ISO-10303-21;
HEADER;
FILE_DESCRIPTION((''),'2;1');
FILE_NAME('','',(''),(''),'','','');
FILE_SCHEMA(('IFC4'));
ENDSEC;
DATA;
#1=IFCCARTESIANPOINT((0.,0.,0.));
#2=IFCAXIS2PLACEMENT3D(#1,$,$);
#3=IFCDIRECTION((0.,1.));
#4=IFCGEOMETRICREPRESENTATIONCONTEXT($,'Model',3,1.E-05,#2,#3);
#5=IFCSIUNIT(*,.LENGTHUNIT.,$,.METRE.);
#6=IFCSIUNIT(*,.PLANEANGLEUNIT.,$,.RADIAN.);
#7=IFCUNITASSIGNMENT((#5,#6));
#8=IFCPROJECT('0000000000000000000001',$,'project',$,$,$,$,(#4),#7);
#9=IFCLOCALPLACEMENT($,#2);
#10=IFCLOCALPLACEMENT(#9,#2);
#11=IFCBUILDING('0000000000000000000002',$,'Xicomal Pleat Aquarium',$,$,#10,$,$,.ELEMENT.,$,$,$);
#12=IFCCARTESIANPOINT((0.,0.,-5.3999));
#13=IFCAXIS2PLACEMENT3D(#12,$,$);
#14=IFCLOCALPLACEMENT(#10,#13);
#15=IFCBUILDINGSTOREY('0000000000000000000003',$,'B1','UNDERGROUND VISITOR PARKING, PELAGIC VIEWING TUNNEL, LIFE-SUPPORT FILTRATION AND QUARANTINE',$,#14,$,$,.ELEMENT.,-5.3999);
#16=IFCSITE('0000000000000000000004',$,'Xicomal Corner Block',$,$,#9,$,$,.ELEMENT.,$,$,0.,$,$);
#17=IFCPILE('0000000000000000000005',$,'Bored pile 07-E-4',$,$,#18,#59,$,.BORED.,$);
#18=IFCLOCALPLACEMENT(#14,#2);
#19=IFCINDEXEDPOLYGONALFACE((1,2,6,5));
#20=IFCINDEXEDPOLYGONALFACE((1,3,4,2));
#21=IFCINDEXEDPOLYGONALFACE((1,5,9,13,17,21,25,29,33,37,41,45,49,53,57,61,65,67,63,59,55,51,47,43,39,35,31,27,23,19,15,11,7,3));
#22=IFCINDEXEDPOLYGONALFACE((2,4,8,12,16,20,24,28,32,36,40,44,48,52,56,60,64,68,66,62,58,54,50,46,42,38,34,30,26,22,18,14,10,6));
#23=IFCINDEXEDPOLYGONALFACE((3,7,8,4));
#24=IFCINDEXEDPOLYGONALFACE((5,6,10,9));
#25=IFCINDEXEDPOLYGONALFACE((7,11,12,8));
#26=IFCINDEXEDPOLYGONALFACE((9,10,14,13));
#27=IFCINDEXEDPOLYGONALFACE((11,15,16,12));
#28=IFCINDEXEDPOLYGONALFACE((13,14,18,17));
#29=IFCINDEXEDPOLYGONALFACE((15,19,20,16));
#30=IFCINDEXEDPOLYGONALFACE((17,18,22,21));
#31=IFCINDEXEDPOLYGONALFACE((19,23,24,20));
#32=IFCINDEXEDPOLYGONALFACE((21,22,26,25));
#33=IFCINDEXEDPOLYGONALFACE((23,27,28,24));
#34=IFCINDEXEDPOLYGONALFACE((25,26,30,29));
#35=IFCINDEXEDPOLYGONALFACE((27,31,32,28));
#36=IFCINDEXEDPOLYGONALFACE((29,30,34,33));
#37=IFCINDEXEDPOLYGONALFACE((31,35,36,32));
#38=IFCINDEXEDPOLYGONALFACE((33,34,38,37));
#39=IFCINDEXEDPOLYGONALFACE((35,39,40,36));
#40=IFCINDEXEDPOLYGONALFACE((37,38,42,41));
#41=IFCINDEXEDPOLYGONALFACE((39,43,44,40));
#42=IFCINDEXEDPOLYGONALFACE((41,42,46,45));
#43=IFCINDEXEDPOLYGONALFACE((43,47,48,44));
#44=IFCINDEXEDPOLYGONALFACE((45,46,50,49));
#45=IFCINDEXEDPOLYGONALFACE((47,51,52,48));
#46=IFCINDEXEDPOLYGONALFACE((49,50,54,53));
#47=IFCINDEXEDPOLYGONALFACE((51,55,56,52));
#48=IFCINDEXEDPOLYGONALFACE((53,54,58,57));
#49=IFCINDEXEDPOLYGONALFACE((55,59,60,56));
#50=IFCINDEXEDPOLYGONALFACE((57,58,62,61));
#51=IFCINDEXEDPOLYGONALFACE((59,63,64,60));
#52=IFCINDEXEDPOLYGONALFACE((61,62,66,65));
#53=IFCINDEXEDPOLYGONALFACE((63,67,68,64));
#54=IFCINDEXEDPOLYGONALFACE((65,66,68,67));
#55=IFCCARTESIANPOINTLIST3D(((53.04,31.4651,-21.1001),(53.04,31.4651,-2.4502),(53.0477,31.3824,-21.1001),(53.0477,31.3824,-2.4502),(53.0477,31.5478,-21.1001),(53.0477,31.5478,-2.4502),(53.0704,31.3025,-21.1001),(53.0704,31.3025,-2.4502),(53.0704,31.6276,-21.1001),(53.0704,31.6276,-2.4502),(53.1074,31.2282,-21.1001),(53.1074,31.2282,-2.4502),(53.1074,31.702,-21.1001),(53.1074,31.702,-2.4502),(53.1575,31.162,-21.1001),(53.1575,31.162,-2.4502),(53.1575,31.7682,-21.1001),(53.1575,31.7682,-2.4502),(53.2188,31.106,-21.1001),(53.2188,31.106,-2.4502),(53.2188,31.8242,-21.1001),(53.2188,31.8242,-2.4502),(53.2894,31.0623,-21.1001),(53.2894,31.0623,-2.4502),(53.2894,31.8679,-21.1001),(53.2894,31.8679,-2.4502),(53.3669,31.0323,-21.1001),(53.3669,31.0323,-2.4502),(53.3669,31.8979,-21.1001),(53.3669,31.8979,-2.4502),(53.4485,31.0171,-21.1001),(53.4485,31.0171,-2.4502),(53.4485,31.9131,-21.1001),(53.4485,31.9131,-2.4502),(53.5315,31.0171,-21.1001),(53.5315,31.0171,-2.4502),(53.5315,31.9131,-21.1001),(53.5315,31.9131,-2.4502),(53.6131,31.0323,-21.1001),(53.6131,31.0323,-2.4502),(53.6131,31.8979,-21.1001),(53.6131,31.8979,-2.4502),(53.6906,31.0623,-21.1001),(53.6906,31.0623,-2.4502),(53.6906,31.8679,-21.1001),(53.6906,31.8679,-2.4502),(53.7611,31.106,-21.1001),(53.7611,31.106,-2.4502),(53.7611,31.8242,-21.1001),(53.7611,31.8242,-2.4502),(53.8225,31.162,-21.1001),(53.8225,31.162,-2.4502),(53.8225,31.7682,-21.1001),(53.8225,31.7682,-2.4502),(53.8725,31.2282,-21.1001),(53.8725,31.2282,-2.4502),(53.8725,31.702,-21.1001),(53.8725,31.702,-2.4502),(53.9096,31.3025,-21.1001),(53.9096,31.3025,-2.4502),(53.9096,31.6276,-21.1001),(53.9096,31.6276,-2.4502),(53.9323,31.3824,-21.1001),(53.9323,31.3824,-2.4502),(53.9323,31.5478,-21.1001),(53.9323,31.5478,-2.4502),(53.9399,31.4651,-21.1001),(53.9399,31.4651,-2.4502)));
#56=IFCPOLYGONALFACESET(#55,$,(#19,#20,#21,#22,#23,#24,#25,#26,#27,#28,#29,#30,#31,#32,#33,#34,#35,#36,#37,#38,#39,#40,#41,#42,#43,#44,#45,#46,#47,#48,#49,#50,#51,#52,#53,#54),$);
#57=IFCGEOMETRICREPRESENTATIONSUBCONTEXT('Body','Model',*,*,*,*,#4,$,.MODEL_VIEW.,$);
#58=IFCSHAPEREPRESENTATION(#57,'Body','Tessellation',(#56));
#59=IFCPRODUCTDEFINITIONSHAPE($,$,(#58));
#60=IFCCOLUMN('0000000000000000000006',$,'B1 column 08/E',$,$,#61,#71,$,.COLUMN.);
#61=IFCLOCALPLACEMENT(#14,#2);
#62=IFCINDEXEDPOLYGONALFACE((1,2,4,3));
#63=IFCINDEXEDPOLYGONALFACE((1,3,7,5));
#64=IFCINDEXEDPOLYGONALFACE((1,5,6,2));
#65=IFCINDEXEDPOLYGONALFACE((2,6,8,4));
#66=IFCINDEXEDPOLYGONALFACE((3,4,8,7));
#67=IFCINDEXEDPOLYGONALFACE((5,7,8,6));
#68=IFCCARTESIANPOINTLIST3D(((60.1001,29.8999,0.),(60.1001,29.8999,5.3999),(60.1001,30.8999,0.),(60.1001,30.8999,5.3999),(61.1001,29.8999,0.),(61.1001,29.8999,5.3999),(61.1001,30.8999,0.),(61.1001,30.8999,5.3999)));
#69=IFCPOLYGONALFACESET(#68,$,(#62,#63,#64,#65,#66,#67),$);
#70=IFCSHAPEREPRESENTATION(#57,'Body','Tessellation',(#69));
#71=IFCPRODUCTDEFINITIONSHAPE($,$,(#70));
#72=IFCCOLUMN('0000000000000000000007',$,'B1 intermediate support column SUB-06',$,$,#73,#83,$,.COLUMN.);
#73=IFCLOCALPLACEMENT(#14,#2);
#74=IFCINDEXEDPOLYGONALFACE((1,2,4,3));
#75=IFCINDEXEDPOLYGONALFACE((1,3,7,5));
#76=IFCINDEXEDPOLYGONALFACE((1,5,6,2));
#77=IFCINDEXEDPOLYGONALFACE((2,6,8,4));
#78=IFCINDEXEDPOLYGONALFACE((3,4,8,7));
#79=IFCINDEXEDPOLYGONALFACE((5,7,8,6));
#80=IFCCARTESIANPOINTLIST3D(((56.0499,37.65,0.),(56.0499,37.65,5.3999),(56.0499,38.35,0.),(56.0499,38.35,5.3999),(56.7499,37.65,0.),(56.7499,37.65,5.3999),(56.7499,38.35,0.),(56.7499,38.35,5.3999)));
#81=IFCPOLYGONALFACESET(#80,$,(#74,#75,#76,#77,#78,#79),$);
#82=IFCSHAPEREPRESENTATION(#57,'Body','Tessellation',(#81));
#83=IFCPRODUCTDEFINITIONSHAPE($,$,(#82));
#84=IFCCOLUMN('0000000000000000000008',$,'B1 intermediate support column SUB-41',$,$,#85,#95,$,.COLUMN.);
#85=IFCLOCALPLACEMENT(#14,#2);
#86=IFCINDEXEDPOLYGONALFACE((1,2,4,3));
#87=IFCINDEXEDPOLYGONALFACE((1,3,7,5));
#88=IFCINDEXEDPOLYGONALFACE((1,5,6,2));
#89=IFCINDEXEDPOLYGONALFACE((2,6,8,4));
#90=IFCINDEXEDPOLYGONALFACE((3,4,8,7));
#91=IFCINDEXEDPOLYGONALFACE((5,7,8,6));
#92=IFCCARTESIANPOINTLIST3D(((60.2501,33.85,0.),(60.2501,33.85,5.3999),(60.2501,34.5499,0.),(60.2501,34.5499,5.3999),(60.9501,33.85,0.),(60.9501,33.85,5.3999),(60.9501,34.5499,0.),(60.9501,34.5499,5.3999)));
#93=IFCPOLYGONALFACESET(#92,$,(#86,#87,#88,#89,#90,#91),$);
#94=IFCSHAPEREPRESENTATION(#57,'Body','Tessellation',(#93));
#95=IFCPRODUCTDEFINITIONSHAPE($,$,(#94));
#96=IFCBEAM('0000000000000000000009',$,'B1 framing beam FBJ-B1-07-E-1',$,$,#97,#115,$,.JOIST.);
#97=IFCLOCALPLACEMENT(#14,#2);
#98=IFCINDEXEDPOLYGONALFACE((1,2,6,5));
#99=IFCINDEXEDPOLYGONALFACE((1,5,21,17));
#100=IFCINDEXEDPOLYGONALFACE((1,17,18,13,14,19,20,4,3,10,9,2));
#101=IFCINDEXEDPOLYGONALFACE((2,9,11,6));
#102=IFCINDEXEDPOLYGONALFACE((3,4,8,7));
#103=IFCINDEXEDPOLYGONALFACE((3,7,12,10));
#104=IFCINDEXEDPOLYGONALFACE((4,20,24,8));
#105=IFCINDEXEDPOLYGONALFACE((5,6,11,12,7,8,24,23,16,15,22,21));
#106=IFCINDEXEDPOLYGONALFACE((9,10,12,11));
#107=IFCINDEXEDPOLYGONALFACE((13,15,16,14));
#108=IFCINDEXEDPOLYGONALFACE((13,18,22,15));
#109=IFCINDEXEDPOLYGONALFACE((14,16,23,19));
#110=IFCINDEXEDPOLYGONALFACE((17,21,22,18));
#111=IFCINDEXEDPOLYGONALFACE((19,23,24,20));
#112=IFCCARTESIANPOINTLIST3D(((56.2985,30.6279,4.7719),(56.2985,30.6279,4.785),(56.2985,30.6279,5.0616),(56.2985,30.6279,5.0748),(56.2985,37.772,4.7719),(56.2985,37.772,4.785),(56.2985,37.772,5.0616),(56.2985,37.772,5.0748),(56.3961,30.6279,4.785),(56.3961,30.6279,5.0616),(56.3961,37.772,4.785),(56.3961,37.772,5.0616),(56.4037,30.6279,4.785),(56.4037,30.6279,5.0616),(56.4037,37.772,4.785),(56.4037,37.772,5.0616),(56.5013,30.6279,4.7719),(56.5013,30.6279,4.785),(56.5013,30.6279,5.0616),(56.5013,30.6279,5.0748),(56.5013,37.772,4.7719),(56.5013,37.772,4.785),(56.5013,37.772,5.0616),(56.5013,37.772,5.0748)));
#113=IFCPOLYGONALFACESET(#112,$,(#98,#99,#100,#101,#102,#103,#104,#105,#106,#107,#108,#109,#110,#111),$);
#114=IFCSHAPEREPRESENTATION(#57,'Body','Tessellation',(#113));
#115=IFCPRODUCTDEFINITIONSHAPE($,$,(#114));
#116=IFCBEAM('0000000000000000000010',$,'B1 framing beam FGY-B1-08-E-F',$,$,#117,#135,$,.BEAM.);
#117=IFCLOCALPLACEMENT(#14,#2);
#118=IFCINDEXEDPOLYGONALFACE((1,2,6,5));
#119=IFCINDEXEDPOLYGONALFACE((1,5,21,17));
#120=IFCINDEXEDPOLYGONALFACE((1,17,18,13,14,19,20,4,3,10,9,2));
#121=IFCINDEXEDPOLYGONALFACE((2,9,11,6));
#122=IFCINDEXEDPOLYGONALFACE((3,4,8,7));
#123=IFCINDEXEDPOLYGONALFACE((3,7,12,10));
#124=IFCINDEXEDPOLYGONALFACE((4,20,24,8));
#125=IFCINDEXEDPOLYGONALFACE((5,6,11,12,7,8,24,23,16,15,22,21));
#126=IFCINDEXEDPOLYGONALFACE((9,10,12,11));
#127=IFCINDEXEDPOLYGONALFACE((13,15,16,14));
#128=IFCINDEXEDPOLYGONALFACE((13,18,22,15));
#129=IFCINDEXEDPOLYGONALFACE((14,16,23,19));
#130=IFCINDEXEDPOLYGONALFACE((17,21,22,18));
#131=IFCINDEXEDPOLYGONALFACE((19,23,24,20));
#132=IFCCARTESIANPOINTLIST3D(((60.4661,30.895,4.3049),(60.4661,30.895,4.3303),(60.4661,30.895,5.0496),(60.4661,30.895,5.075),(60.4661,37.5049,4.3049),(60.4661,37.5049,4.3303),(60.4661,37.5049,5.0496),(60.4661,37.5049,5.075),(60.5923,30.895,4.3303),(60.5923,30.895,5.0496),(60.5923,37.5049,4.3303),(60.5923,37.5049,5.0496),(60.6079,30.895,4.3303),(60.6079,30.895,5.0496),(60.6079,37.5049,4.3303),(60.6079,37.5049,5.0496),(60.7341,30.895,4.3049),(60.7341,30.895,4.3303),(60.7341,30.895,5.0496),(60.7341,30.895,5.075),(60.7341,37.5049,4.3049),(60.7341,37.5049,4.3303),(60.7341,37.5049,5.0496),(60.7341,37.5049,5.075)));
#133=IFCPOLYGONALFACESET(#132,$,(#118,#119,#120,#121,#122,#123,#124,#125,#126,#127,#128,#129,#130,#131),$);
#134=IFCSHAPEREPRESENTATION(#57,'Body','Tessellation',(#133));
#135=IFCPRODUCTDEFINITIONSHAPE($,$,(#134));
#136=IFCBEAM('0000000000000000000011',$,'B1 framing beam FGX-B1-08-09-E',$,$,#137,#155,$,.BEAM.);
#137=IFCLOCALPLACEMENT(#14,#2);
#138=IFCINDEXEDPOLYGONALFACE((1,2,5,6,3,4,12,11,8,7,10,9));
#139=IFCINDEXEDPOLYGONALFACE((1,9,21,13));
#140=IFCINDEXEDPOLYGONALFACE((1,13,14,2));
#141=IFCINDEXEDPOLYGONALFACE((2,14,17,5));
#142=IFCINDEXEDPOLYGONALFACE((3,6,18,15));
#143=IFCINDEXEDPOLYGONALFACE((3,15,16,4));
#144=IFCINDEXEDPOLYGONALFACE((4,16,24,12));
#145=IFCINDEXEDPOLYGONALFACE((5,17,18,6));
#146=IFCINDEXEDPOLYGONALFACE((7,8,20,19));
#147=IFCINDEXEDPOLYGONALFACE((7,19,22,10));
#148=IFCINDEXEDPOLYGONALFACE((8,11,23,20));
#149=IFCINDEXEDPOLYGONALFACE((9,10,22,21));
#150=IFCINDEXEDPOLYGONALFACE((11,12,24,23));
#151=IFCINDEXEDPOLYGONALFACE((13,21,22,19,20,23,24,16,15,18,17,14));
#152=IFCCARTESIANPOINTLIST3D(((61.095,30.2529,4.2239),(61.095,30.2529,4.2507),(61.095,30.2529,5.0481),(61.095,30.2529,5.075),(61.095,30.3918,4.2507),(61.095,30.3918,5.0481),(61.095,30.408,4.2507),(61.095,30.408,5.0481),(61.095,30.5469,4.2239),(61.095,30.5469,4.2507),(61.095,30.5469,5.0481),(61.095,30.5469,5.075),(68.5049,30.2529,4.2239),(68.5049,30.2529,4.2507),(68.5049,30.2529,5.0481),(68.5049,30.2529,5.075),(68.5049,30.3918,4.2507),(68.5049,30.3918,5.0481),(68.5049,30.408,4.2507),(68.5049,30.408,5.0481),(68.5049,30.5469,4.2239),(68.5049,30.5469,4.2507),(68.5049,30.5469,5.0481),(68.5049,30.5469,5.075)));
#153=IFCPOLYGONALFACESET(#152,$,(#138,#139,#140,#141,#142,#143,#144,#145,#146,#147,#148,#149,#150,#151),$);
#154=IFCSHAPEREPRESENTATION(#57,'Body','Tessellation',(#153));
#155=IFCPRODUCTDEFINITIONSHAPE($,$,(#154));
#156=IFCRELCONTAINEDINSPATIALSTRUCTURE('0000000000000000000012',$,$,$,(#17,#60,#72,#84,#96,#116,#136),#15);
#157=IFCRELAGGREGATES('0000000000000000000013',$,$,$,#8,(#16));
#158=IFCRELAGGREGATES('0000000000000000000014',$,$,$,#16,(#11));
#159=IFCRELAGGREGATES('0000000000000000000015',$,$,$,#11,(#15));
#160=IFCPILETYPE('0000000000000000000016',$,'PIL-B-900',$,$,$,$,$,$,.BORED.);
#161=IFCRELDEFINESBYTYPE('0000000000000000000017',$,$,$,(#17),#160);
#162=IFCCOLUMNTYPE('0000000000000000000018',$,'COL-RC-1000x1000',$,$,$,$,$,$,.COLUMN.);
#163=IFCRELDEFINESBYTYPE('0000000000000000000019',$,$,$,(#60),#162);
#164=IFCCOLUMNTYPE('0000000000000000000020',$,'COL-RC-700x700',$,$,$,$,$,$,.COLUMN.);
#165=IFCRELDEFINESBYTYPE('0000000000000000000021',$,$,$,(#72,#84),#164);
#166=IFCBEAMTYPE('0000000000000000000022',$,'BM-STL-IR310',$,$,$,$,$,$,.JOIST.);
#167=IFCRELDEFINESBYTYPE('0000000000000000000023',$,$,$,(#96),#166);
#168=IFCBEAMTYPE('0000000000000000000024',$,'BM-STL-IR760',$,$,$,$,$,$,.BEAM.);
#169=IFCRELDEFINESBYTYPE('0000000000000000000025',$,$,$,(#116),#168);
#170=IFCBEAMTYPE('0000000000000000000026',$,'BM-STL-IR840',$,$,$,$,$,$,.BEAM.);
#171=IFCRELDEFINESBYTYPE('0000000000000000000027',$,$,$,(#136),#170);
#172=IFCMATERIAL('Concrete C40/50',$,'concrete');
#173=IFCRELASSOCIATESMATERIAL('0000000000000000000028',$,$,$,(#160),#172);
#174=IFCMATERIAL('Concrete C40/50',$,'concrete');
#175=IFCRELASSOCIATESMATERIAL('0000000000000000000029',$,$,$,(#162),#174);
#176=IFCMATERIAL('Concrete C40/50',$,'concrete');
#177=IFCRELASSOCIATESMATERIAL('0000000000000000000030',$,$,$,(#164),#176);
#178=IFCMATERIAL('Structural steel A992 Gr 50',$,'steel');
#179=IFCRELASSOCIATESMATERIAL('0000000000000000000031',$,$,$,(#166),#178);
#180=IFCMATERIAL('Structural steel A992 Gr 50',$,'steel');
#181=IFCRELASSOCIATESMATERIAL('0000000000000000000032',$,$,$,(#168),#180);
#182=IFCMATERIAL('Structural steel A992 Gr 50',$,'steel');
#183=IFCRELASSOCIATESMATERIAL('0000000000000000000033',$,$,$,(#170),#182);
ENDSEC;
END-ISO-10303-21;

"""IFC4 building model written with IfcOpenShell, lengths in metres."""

from ifc_helpers import new_model, si_unit, direction, frame, origin, origin_2d, place, context, subcontext, project, spatial, rectangle, circle, i_section, extrude, material, material_profile, profile_set, type_object, element, save


model = new_model("IFC4")

# Units and contexts
model_context = context("Model", 3, precision=1e-05, world=origin(), true_north=direction((0.0, 1.0)))
body_context = subcontext(model_context, "Body", "Model", "MODEL_VIEW")
ifc_project = project(units=[si_unit("LENGTHUNIT", "METRE"), si_unit("PLANEANGLEUNIT", "RADIAN")], contexts=[model_context])

# Site, building, storey
site_placement = place(None, origin())
site = spatial("IfcSite", under=ifc_project, at=site_placement, Name="Xicomal Corner Block", CompositionType="ELEMENT", RefElevation=0.0)
building_placement = place(site_placement, origin())
building = spatial("IfcBuilding", under=site, at=building_placement, Name="Xicomal Pleat Aquarium", CompositionType="ELEMENT")
storey_placement = place(building_placement, frame((0.0, 0.0, -5.3999)))
storey = spatial("IfcBuildingStorey", under=building, at=storey_placement, Name="B1", Description="UNDERGROUND VISITOR PARKING, PELAGIC VIEWING TUNNEL, LIFE-SUPPORT FILTRATION AND QUARANTINE", CompositionType="ELEMENT", Elevation=-5.3999)

# Pile
ifc_material_1 = material(Name="Concrete C40/50", Category="concrete")
ifc_material_profile_1 = material_profile(ifc_material_1, circle(Radius=0.45, at=origin_2d()), Name="BORED PILE D900")
ifc_profile_set_1 = profile_set([ifc_material_profile_1], Name="Concrete C40/50")
pile_type_1 = type_object("IfcPileType", Name="PIL-B-900", PredefinedType="BORED", material=ifc_profile_set_1)
pile_1_placement = place(storey_placement, frame((53.49, 31.4651, -2.4502), z_axis=(0.0, 0.0, -1.0), x_axis=(1.0, 0.0, 0.0)))
element("IfcPile", 1, at=pile_1_placement, inside=storey, type_object=pile_type_1, Name="Bored pile 07-E-4", PredefinedType="BORED", context=body_context, shape_type="SweptSolid", body=[
    extrude(circle(Radius=0.45, at=origin_2d()), origin(), (0.0, 0.0, 1.0), 18.6499),
])

# Columns
ifc_material_2 = material(Name="Concrete C40/50", Category="concrete")
ifc_material_profile_2 = material_profile(ifc_material_2, rectangle(XDim=1.0, YDim=1.0, at=origin_2d()), Name="RC 1000x1000")
ifc_profile_set_2 = profile_set([ifc_material_profile_2], Name="Concrete C40/50")
column_type_1 = type_object("IfcColumnType", Name="COL-RC-1000x1000", PredefinedType="COLUMN", material=ifc_profile_set_2)
column_placement = place(storey_placement, frame((60.6001, 30.3999, 0.0), z_axis=(0.0, 0.0, 1.0), x_axis=(1.0, 0.0, 0.0)))
element("IfcColumn", 2, at=column_placement, inside=storey, type_object=column_type_1, Name="B1 column 08/E", PredefinedType="COLUMN", context=body_context, shape_type="SweptSolid", body=[
    extrude(rectangle(XDim=1.0, YDim=1.0, at=origin_2d()), origin(), (0.0, 0.0, 1.0), 5.3999),
])
ifc_material_3 = material(Name="Concrete C40/50", Category="concrete")
ifc_material_profile_3 = material_profile(ifc_material_3, rectangle(XDim=0.7, YDim=0.7, at=origin_2d()), Name="RC 700x700")
ifc_profile_set_3 = profile_set([ifc_material_profile_3], Name="Concrete C40/50")
column_type_2 = type_object("IfcColumnType", Name="COL-RC-700x700", PredefinedType="COLUMN", material=ifc_profile_set_3)
for number, where, z_axis, x_axis, name in (
    (3, (56.3999, 38.0, 0.0), (0.0, 0.0, 1.0), (1.0, 0.0, 0.0), "B1 intermediate support column SUB-06"),
    (4, (60.6001, 34.2, 0.0), (0.0, 0.0, 1.0), (1.0, 0.0, 0.0), "B1 intermediate support column SUB-41"),
):
    element("IfcColumn", number, at=place(storey_placement, frame(where, z_axis=z_axis, x_axis=x_axis)), inside=storey, type_object=column_type_2, Name=name, PredefinedType="COLUMN", context=body_context, shape_type="SweptSolid", body=[
        extrude(rectangle(XDim=0.7, YDim=0.7, at=origin_2d()), origin(), (0.0, 0.0, 1.0), 5.3999),
    ])

# Beams
ifc_material_4 = material(Name="Structural steel A992 Gr 50", Category="steel")
ifc_material_profile_4 = material_profile(ifc_material_4, i_section(OverallWidth=0.2029, OverallDepth=0.303, WebThickness=0.0076, FlangeThickness=0.0132, at=origin_2d()), Name="IR 310x60")
ifc_profile_set_4 = profile_set([ifc_material_profile_4], Name="Structural steel A992 Gr 50")
beam_type_1 = type_object("IfcBeamType", Name="BM-STL-IR310", PredefinedType="JOIST", material=ifc_profile_set_4)
beam_1_placement = place(storey_placement, frame((56.3999, 30.6279, 4.9233), z_axis=(0.0, 1.0, 0.0), x_axis=(-1.0, 0.0, 0.0)))
element("IfcBeam", 5, at=beam_1_placement, inside=storey, type_object=beam_type_1, Name="B1 framing beam FBJ-B1-07-E-1", PredefinedType="JOIST", context=body_context, shape_type="SweptSolid", body=[
    extrude(i_section(OverallWidth=0.2029, OverallDepth=0.303, WebThickness=0.0076, FlangeThickness=0.0132, at=origin_2d()), origin(), (0.0, 0.0, 1.0), 7.144),
])
ifc_material_5 = material(Name="Structural steel A992 Gr 50", Category="steel")
ifc_material_profile_5 = material_profile(ifc_material_5, i_section(OverallWidth=0.2681, OverallDepth=0.77, WebThickness=0.0156, FlangeThickness=0.0254, at=origin_2d()), Name="IR 760x196")
ifc_profile_set_5 = profile_set([ifc_material_profile_5], Name="Structural steel A992 Gr 50")
beam_type_2 = type_object("IfcBeamType", Name="BM-STL-IR760", PredefinedType="BEAM", material=ifc_profile_set_5)
beam_2_placement = place(storey_placement, frame((60.6001, 30.895, 4.6899), z_axis=(0.0, 1.0, 0.0), x_axis=(-1.0, 0.0, 0.0)))
element("IfcBeam", 6, at=beam_2_placement, inside=storey, type_object=beam_type_2, Name="B1 framing beam FGY-B1-08-E-F", PredefinedType="BEAM", context=body_context, shape_type="SweptSolid", body=[
    extrude(i_section(OverallWidth=0.2681, OverallDepth=0.77, WebThickness=0.0156, FlangeThickness=0.0254, at=origin_2d()), origin(), (0.0, 0.0, 1.0), 6.6099),
])
ifc_material_6 = material(Name="Structural steel A992 Gr 50", Category="steel")
ifc_material_profile_6 = material_profile(ifc_material_6, i_section(OverallWidth=0.2939, OverallDepth=0.8511, WebThickness=0.0161, FlangeThickness=0.0269, at=origin_2d()), Name="IR 840x226")
ifc_profile_set_6 = profile_set([ifc_material_profile_6], Name="Structural steel A992 Gr 50")
beam_type_3 = type_object("IfcBeamType", Name="BM-STL-IR840", PredefinedType="BEAM", material=ifc_profile_set_6)
beam_3_placement = place(storey_placement, frame((61.095, 30.3999, 4.6494), z_axis=(1.0, 0.0, 0.0), x_axis=(0.0, 1.0, 0.0)))
element("IfcBeam", 7, at=beam_3_placement, inside=storey, type_object=beam_type_3, Name="B1 framing beam FGX-B1-08-09-E", PredefinedType="BEAM", context=body_context, shape_type="SweptSolid", body=[
    extrude(i_section(OverallWidth=0.2939, OverallDepth=0.8511, WebThickness=0.0161, FlangeThickness=0.0269, at=origin_2d()), origin(), (0.0, 0.0, 1.0), 7.4099),
])

save(model, "model.ifc")
